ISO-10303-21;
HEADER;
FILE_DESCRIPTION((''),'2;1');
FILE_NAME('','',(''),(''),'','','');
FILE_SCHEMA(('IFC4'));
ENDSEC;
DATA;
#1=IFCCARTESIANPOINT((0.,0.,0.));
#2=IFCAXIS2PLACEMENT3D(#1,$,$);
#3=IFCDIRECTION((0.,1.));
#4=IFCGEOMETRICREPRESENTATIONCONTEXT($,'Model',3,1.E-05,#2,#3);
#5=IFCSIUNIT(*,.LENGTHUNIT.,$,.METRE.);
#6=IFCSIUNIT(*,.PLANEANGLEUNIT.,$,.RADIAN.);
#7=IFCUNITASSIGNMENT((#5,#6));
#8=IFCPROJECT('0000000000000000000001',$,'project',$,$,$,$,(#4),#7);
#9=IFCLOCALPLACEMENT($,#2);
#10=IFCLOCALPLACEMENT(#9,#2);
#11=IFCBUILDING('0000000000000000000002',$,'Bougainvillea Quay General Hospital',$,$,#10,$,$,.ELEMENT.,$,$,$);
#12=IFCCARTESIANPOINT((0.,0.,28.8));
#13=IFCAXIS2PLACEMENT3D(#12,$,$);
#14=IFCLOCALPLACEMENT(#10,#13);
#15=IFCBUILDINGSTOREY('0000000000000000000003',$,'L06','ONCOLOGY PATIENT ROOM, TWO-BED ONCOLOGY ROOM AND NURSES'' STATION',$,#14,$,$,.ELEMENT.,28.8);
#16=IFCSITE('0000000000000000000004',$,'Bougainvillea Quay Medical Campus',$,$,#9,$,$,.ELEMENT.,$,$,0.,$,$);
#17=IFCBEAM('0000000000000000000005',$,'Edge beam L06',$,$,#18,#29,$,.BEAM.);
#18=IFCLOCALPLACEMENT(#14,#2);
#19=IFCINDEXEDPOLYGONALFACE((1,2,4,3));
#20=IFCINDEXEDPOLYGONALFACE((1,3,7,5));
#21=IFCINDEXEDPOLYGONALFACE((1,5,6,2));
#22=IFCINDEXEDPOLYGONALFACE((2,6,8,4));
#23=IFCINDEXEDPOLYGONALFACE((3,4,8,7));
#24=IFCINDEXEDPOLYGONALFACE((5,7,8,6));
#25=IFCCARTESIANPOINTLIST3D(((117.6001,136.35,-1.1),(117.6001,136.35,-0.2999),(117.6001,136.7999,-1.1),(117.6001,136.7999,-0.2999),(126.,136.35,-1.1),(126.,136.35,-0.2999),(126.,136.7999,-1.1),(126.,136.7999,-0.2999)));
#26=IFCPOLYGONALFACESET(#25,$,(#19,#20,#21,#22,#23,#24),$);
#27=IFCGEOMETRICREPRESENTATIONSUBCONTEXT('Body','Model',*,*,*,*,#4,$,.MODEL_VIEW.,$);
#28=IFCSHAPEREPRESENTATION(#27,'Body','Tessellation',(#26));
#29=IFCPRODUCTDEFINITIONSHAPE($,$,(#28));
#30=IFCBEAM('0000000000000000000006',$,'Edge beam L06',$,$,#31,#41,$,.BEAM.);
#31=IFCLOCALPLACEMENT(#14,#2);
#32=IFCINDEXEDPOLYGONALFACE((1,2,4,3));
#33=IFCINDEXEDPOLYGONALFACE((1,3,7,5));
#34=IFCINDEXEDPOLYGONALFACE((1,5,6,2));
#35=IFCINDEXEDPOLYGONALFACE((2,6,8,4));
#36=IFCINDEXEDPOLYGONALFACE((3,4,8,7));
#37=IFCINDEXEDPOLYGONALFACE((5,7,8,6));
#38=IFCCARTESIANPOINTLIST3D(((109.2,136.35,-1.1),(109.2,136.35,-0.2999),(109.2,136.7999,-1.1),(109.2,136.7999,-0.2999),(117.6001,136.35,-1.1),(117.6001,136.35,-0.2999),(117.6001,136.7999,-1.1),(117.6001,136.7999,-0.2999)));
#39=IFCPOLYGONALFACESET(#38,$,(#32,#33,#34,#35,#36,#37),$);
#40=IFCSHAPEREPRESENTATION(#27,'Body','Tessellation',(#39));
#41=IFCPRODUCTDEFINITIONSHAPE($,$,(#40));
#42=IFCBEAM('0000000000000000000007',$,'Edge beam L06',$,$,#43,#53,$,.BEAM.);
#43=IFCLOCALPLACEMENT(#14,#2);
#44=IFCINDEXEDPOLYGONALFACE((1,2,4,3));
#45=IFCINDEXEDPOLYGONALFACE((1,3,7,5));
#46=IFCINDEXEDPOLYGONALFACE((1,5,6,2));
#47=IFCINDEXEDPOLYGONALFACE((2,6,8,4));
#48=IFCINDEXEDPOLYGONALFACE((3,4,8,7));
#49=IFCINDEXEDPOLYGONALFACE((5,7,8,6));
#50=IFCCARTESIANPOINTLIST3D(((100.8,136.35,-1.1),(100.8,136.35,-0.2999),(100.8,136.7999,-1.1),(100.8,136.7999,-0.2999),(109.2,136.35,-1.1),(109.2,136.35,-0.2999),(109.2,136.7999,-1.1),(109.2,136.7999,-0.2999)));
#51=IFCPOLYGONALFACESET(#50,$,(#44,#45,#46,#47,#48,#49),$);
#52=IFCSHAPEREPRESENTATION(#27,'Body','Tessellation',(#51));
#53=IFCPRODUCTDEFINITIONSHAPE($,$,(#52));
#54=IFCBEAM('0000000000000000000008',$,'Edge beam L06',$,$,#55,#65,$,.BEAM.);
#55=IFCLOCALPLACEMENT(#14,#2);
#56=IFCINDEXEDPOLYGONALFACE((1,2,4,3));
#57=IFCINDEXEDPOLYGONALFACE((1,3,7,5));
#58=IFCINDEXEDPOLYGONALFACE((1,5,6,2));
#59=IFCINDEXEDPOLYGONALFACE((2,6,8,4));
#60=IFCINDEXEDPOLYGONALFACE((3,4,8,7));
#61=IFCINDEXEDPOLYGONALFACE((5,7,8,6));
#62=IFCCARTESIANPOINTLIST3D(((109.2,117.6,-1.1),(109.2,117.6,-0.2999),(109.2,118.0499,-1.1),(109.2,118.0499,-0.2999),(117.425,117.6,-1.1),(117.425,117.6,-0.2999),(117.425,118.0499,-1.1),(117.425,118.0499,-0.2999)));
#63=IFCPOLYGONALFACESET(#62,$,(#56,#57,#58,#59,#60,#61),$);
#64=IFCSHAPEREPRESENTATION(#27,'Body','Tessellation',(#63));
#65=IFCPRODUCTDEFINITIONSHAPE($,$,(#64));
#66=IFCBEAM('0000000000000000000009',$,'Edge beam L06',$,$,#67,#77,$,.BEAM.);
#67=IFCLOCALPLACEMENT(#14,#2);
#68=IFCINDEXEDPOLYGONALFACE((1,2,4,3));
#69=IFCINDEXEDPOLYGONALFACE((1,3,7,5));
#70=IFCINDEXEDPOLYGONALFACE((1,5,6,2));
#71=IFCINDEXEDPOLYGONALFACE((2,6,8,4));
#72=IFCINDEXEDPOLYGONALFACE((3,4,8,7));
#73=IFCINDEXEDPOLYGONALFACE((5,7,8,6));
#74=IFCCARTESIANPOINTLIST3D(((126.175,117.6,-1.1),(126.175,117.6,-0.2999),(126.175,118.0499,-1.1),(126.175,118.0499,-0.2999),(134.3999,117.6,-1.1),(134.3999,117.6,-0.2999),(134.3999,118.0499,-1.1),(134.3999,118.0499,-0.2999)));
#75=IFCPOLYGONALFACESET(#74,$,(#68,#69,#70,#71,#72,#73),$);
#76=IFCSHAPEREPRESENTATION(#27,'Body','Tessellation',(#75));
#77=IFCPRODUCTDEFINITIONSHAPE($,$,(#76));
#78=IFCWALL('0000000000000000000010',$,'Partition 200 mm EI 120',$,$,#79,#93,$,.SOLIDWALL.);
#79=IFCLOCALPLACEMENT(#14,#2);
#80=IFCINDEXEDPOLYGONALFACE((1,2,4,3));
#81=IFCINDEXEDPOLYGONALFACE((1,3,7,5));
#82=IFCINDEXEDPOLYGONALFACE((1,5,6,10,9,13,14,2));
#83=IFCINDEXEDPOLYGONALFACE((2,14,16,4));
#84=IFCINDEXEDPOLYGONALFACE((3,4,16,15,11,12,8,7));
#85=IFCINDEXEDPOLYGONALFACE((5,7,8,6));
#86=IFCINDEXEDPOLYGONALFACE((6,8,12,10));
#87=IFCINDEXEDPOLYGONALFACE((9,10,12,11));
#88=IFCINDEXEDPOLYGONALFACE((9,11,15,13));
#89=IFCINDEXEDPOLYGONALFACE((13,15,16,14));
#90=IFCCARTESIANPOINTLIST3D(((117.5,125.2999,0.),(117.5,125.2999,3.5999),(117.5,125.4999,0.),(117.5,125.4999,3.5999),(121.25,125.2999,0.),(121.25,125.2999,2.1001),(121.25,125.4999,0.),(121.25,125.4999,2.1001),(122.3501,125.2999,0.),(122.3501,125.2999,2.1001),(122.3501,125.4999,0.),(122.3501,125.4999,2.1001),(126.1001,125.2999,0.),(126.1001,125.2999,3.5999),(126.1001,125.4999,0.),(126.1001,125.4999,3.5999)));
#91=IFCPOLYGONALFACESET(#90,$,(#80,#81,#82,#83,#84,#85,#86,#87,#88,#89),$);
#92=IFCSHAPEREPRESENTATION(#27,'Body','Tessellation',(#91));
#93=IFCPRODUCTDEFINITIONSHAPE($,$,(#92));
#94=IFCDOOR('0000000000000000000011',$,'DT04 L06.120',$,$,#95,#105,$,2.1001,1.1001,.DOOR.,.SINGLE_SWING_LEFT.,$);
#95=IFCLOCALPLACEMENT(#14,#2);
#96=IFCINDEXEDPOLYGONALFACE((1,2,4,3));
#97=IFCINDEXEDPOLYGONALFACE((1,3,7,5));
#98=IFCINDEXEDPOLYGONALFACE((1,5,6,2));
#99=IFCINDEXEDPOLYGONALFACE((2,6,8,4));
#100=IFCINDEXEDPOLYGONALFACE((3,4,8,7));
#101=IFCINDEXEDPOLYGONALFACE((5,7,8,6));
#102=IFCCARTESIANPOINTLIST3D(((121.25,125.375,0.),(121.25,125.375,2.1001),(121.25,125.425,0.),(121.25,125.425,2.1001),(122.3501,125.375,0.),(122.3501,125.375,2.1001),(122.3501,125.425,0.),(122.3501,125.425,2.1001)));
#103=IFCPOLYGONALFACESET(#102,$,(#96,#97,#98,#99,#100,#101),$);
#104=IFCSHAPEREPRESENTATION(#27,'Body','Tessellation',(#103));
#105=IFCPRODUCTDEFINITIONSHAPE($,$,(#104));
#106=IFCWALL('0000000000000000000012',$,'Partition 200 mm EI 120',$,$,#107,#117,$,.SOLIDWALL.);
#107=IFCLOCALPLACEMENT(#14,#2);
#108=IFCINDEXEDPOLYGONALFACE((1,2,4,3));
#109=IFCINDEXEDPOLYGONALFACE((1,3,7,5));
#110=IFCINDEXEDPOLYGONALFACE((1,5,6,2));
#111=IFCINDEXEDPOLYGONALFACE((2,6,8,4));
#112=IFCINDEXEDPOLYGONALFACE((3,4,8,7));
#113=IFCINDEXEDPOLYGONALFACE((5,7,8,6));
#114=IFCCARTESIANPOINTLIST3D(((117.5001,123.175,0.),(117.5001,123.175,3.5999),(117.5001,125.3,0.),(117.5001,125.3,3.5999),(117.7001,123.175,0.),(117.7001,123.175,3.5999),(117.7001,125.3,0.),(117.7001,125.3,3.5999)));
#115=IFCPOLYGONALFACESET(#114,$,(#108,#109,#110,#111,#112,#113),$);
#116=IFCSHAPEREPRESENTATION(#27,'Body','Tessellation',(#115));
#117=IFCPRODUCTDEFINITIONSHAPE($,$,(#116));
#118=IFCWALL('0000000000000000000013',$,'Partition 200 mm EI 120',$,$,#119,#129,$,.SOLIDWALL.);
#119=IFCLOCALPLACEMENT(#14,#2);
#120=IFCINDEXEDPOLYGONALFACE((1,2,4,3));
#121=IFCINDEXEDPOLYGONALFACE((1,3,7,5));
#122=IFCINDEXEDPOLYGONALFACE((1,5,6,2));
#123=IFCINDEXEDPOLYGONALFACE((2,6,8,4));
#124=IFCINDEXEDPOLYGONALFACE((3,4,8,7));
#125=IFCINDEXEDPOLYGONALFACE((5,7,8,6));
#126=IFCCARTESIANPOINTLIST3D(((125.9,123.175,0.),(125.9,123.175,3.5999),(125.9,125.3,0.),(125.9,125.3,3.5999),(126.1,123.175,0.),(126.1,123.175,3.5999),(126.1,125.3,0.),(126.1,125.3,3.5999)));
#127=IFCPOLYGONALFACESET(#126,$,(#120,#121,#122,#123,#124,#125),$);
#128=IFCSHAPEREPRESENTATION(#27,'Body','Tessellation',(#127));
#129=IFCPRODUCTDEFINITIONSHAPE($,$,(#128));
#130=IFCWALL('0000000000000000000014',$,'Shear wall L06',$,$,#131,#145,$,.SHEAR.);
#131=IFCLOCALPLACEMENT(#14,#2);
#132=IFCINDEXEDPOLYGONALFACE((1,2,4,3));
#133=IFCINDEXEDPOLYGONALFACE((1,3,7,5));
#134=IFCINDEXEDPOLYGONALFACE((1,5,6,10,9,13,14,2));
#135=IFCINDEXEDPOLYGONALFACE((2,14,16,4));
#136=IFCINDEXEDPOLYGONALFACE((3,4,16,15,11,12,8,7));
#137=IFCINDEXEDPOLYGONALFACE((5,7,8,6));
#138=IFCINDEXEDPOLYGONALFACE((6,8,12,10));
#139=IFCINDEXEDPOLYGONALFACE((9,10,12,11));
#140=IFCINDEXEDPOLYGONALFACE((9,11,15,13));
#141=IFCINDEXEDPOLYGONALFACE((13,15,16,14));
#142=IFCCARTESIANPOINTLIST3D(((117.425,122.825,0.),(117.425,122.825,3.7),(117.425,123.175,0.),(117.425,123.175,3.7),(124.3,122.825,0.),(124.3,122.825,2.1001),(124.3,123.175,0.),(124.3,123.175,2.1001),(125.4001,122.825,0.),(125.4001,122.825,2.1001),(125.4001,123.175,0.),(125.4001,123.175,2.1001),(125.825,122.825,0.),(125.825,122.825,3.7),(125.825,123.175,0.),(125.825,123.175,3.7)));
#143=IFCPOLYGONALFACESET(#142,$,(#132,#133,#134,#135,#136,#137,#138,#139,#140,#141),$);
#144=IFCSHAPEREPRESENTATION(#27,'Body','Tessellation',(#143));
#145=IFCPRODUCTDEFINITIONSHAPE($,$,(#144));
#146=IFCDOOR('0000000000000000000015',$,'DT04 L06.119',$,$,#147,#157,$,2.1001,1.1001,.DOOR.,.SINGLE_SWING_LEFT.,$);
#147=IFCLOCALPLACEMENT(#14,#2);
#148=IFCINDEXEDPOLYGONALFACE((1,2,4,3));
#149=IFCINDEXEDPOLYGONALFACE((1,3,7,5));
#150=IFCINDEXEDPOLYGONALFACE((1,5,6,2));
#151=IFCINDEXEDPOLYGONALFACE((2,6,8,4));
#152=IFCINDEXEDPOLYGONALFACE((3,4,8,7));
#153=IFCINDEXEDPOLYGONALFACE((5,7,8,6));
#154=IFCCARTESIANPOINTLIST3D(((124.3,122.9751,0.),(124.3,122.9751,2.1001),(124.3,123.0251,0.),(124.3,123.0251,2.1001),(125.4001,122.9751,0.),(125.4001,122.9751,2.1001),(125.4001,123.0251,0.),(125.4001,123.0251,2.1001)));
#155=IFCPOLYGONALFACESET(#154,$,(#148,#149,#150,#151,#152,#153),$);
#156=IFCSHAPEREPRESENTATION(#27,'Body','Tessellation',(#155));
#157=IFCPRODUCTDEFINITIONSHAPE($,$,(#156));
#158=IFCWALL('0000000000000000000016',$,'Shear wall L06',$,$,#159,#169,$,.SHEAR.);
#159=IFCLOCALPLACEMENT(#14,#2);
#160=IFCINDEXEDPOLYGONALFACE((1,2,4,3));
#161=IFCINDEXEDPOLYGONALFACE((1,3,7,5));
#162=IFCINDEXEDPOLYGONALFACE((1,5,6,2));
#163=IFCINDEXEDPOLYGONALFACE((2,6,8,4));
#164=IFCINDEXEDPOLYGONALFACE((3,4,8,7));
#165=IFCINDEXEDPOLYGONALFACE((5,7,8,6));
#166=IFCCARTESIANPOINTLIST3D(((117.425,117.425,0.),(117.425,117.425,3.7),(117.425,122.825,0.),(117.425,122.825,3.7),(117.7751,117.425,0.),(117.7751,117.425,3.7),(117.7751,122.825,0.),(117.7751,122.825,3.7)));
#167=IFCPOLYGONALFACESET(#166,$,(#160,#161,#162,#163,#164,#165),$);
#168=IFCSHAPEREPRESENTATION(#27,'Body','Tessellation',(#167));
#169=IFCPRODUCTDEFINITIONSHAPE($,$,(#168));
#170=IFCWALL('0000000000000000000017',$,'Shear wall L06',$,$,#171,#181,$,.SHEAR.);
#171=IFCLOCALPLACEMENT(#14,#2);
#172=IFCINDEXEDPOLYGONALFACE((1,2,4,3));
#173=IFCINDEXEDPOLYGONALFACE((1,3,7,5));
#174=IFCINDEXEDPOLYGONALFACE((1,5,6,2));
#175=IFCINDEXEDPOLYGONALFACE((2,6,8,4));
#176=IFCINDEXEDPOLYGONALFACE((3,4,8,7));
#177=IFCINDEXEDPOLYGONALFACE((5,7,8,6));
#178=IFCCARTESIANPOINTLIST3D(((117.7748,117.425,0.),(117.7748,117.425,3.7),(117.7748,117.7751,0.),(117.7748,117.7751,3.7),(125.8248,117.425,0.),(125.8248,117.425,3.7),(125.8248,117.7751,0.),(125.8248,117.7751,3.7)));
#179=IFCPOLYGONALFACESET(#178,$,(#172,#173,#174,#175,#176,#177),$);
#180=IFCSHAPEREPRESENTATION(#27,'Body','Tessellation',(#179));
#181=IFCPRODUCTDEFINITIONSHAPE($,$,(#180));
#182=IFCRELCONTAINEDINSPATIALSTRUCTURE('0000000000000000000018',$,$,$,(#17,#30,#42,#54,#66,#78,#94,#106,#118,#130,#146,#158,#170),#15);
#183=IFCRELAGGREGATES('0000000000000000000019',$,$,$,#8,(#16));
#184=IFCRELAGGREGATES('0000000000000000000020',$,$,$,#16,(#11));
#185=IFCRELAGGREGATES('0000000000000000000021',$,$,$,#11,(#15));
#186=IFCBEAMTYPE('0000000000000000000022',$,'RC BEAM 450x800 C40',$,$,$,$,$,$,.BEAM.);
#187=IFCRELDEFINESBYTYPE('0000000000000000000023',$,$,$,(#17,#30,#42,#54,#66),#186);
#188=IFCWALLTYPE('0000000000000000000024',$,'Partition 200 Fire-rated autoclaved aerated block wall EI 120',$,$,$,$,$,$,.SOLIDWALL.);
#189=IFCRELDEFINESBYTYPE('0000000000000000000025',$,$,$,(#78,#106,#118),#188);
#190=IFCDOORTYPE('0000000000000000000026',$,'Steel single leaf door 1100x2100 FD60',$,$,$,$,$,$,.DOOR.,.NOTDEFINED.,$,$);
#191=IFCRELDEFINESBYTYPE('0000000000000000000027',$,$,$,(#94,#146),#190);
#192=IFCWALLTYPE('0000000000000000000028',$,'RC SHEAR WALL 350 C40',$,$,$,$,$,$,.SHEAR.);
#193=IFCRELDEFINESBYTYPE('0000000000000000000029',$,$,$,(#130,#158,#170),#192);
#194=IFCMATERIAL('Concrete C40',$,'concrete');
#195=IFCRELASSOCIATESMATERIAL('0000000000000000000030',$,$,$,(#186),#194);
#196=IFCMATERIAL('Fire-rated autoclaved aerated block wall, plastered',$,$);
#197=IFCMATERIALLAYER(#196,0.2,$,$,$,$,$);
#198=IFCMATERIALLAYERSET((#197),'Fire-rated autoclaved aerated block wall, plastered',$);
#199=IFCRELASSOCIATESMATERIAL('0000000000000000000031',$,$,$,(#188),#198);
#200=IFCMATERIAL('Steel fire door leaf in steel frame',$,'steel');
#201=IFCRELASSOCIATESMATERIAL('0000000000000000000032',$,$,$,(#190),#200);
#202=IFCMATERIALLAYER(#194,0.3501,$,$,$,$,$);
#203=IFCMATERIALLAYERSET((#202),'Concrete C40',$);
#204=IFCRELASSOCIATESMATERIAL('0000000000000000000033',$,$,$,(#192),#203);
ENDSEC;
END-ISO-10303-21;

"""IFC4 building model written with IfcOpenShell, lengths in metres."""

from ifc_helpers import new_model, si_unit, direction, frame, frame_2d, origin, origin_2d, place, context, subcontext, project, spatial, rectangle, extrude, material, layer, layer_set, material_profile, profile_set, type_object, element, fill, save


model = new_model("IFC4")

# Units and contexts
model_context = context("Model", 3, precision=1e-05, world=origin(), true_north=direction((0.0, 1.0)))
body_context = subcontext(model_context, "Body", "Model", "MODEL_VIEW")
ifc_project = project(units=[si_unit("LENGTHUNIT", "METRE"), si_unit("PLANEANGLEUNIT", "RADIAN")], contexts=[model_context])

# Site, building, storey
site_placement = place(None, origin())
site = spatial("IfcSite", under=ifc_project, at=site_placement, Name="Bougainvillea Quay Medical Campus", CompositionType="ELEMENT", RefElevation=0.0)
building_placement = place(site_placement, origin())
building = spatial("IfcBuilding", under=site, at=building_placement, Name="Bougainvillea Quay General Hospital", CompositionType="ELEMENT")
storey_placement = place(building_placement, frame((0.0, 0.0, 28.8)))
storey = spatial("IfcBuildingStorey", under=building, at=storey_placement, Name="L06", Description="ONCOLOGY PATIENT ROOM, TWO-BED ONCOLOGY ROOM AND NURSES' STATION", CompositionType="ELEMENT", Elevation=28.8)

# Beams
ifc_material_1 = material(Name="Concrete C40", Category="concrete")
ifc_material_profile = material_profile(ifc_material_1, rectangle(XDim=0.45, YDim=0.8, at=origin_2d()))
ifc_profile_set = profile_set([ifc_material_profile], Name="Concrete C40")
beam_type = type_object("IfcBeamType", Name="RC BEAM 450x800 C40", PredefinedType="BEAM", material=ifc_profile_set)
beam_1_placement = place(storey_placement, frame((126.0, 136.575, -0.7), z_axis=(-1.0, 0.0, 0.0), x_axis=(0.0, -1.0, 0.0)))
element("IfcBeam", 1, at=beam_1_placement, inside=storey, type_object=beam_type, Name="Edge beam L06", PredefinedType="BEAM", context=body_context, shape_type="SweptSolid", body=[
    extrude(rectangle(XDim=0.45, YDim=0.8, at=origin_2d()), origin(), (0.0, 0.0, 1.0), 8.3999),
])
beam_2_placement = place(storey_placement, frame((117.6001, 136.575, -0.7), z_axis=(-1.0, 0.0, 0.0), x_axis=(0.0, -1.0, 0.0)))
element("IfcBeam", 2, at=beam_2_placement, inside=storey, type_object=beam_type, Name="Edge beam L06", PredefinedType="BEAM", context=body_context, shape_type="SweptSolid", body=[
    extrude(rectangle(XDim=0.45, YDim=0.8, at=origin_2d()), origin(), (0.0, 0.0, 1.0), 8.4001),
])
beam_3_placement = place(storey_placement, frame((109.2, 136.575, -0.7), z_axis=(-1.0, 0.0, 0.0), x_axis=(0.0, -1.0, 0.0)))
element("IfcBeam", 3, at=beam_3_placement, inside=storey, type_object=beam_type, Name="Edge beam L06", PredefinedType="BEAM", context=body_context, shape_type="SweptSolid", body=[
    extrude(rectangle(XDim=0.45, YDim=0.8, at=origin_2d()), origin(), (0.0, 0.0, 1.0), 8.3999),
])
beam_4_placement = place(storey_placement, frame((109.2, 117.825, -0.7), z_axis=(1.0, 0.0, 0.0), x_axis=(0.0, 1.0, 0.0)))
element("IfcBeam", 4, at=beam_4_placement, inside=storey, type_object=beam_type, Name="Edge beam L06", PredefinedType="BEAM", context=body_context, shape_type="SweptSolid", body=[
    extrude(rectangle(XDim=0.45, YDim=0.8, at=origin_2d()), origin(), (0.0, 0.0, 1.0), 8.2251),
])
beam_5_placement = place(storey_placement, frame((126.175, 117.825, -0.7), z_axis=(1.0, 0.0, 0.0), x_axis=(0.0, 1.0, 0.0)))
element("IfcBeam", 5, at=beam_5_placement, inside=storey, type_object=beam_type, Name="Edge beam L06", PredefinedType="BEAM", context=body_context, shape_type="SweptSolid", body=[
    extrude(rectangle(XDim=0.45, YDim=0.8, at=origin_2d()), origin(), (0.0, 0.0, 1.0), 8.2249),
])

# Wall, opening, door
ifc_material_2 = material(Name="Fire-rated autoclaved aerated block wall, plastered")
ifc_layer_1 = layer(ifc_material_2, 0.2)
ifc_layer_set_1 = layer_set([ifc_layer_1], Name="Fire-rated autoclaved aerated block wall, plastered")
wall_type_1 = type_object("IfcWallType", Name="Partition 200 Fire-rated autoclaved aerated block wall EI 120", PredefinedType="SOLIDWALL", material=ifc_layer_set_1)
wall_1_placement = place(storey_placement, frame((117.5, 125.3999, 0.0), z_axis=(0.0, 0.0, 1.0), x_axis=(1.0, 0.0, 0.0)))
wall_1 = element("IfcWall", 6, at=wall_1_placement, inside=storey, type_object=wall_type_1, Name="Partition 200 mm EI 120", PredefinedType="SOLIDWALL", context=body_context, shape_type="SweptSolid", body=[
    extrude(rectangle(XDim=8.6001, YDim=0.2, at=frame_2d((4.3, 0.0))), origin(), (0.0, 0.0, 1.0), 3.5999),
])
opening_1_placement = place(wall_1_placement, frame((3.75, 0.0, 0.0)))
opening_1 = element("IfcOpeningElement", 7, at=opening_1_placement, cuts=wall_1, PredefinedType="OPENING", context=body_context, shape_type="SweptSolid", body=[
    extrude(rectangle(XDim=1.1001, YDim=2.1001, at=frame_2d((0.55, 1.05))), frame((0.0, 0.1099, 0.0), z_axis=(0.0, -1.0, 0.0), x_axis=(1.0, 0.0, 0.0)), (0.0, 0.0, 1.0), 0.22),
])
ifc_material_3 = material(Name="Steel fire door leaf in steel frame", Category="steel")
door_type = type_object("IfcDoorType", Name="Steel single leaf door 1100x2100 FD60", OperationType="NOTDEFINED", PredefinedType="DOOR", material=ifc_material_3)
door_1_placement = place(opening_1_placement, frame((1.1001, 0.0, 0.0), z_axis=(0.0, 0.0, 1.0), x_axis=(-1.0, 0.0, 0.0)))
door_1 = element("IfcDoor", 8, at=door_1_placement, inside=storey, type_object=door_type, Name="DT04 L06.120", OperationType="SINGLE_SWING_LEFT", OverallHeight=2.1001, OverallWidth=1.1001, PredefinedType="DOOR", context=body_context, shape_type="SweptSolid", body=[
    extrude(rectangle(XDim=1.1001, YDim=2.1001, at=frame_2d((0.55, 1.05))), frame((0.0, 0.0249, 0.0), z_axis=(0.0, -1.0, 0.0), x_axis=(1.0, 0.0, 0.0)), (0.0, 0.0, 1.0), 0.05),
])
fill(opening_1, door_1)

# Walls
for number, where, z_axis, x_axis, name in (
    (9, (117.6001, 123.175, 0.0), (0.0, 0.0, 1.0), (0.0, 1.0, 0.0), "Partition 200 mm EI 120"),
    (10, (126.0, 123.175, 0.0), (0.0, 0.0, 1.0), (0.0, 1.0, 0.0), "Partition 200 mm EI 120"),
):
    element("IfcWall", number, at=place(storey_placement, frame(where, z_axis=z_axis, x_axis=x_axis)), inside=storey, type_object=wall_type_1, Name=name, PredefinedType="SOLIDWALL", context=body_context, shape_type="SweptSolid", body=[
        extrude(rectangle(XDim=2.125, YDim=0.2, at=frame_2d((1.0625, 0.0))), origin(), (0.0, 0.0, 1.0), 3.5999),
    ])

# Wall, opening, door
ifc_layer_2 = layer(ifc_material_1, 0.3501)
ifc_layer_set_2 = layer_set([ifc_layer_2], Name="Concrete C40")
wall_type_2 = type_object("IfcWallType", Name="RC SHEAR WALL 350 C40", PredefinedType="SHEAR", material=ifc_layer_set_2)
wall_2_placement = place(storey_placement, frame((117.425, 123.0, 0.0), z_axis=(0.0, 0.0, 1.0), x_axis=(1.0, 0.0, 0.0)))
wall_2 = element("IfcWall", 11, at=wall_2_placement, inside=storey, type_object=wall_type_2, Name="Shear wall L06", PredefinedType="SHEAR", context=body_context, shape_type="SweptSolid", body=[
    extrude(rectangle(XDim=8.3999, YDim=0.3501, at=frame_2d((4.2, 0.0))), origin(), (0.0, 0.0, 1.0), 3.7),
])
opening_2_placement = place(wall_2_placement, frame((6.875, 0.0, 0.0)))
opening_2 = element("IfcOpeningElement", 12, at=opening_2_placement, cuts=wall_2, PredefinedType="OPENING", context=body_context, shape_type="SweptSolid", body=[
    extrude(rectangle(XDim=1.1001, YDim=2.1001, at=frame_2d((0.55, 1.05))), frame((0.0, 0.1851, 0.0), z_axis=(0.0, -1.0, 0.0), x_axis=(1.0, 0.0, 0.0)), (0.0, 0.0, 1.0), 0.3701),
])
door_2_placement = place(opening_2_placement, frame((1.1001, 0.0, 0.0), z_axis=(0.0, 0.0, 1.0), x_axis=(-1.0, 0.0, 0.0)))
door_2 = element("IfcDoor", 13, at=door_2_placement, inside=storey, type_object=door_type, Name="DT04 L06.119", OperationType="SINGLE_SWING_LEFT", OverallHeight=2.1001, OverallWidth=1.1001, PredefinedType="DOOR", context=body_context, shape_type="SweptSolid", body=[
    extrude(rectangle(XDim=1.1001, YDim=2.1001, at=frame_2d((0.55, 1.05))), frame((0.0, 0.0249, 0.0), z_axis=(0.0, -1.0, 0.0), x_axis=(1.0, 0.0, 0.0)), (0.0, 0.0, 1.0), 0.05),
])
fill(opening_2, door_2)

# Walls
wall_3_placement = place(storey_placement, frame((117.6001, 117.425, 0.0), z_axis=(0.0, 0.0, 1.0), x_axis=(0.0, 1.0, 0.0)))
element("IfcWall", 14, at=wall_3_placement, inside=storey, type_object=wall_type_2, Name="Shear wall L06", PredefinedType="SHEAR", context=body_context, shape_type="SweptSolid", body=[
    extrude(rectangle(XDim=5.3999, YDim=0.3501, at=frame_2d((2.7, 0.0))), origin(), (0.0, 0.0, 1.0), 3.7),
])
wall_4_placement = place(storey_placement, frame((117.7749, 117.6001, 0.0), z_axis=(0.0, 0.0, 1.0), x_axis=(1.0, 0.0, 0.0)))
element("IfcWall", 15, at=wall_4_placement, inside=storey, type_object=wall_type_2, Name="Shear wall L06", PredefinedType="SHEAR", context=body_context, shape_type="SweptSolid", body=[
    extrude(rectangle(XDim=8.05, YDim=0.3501, at=frame_2d((4.0249, 0.0))), origin(), (0.0, 0.0, 1.0), 3.7),
])

save(model, "model.ifc")
